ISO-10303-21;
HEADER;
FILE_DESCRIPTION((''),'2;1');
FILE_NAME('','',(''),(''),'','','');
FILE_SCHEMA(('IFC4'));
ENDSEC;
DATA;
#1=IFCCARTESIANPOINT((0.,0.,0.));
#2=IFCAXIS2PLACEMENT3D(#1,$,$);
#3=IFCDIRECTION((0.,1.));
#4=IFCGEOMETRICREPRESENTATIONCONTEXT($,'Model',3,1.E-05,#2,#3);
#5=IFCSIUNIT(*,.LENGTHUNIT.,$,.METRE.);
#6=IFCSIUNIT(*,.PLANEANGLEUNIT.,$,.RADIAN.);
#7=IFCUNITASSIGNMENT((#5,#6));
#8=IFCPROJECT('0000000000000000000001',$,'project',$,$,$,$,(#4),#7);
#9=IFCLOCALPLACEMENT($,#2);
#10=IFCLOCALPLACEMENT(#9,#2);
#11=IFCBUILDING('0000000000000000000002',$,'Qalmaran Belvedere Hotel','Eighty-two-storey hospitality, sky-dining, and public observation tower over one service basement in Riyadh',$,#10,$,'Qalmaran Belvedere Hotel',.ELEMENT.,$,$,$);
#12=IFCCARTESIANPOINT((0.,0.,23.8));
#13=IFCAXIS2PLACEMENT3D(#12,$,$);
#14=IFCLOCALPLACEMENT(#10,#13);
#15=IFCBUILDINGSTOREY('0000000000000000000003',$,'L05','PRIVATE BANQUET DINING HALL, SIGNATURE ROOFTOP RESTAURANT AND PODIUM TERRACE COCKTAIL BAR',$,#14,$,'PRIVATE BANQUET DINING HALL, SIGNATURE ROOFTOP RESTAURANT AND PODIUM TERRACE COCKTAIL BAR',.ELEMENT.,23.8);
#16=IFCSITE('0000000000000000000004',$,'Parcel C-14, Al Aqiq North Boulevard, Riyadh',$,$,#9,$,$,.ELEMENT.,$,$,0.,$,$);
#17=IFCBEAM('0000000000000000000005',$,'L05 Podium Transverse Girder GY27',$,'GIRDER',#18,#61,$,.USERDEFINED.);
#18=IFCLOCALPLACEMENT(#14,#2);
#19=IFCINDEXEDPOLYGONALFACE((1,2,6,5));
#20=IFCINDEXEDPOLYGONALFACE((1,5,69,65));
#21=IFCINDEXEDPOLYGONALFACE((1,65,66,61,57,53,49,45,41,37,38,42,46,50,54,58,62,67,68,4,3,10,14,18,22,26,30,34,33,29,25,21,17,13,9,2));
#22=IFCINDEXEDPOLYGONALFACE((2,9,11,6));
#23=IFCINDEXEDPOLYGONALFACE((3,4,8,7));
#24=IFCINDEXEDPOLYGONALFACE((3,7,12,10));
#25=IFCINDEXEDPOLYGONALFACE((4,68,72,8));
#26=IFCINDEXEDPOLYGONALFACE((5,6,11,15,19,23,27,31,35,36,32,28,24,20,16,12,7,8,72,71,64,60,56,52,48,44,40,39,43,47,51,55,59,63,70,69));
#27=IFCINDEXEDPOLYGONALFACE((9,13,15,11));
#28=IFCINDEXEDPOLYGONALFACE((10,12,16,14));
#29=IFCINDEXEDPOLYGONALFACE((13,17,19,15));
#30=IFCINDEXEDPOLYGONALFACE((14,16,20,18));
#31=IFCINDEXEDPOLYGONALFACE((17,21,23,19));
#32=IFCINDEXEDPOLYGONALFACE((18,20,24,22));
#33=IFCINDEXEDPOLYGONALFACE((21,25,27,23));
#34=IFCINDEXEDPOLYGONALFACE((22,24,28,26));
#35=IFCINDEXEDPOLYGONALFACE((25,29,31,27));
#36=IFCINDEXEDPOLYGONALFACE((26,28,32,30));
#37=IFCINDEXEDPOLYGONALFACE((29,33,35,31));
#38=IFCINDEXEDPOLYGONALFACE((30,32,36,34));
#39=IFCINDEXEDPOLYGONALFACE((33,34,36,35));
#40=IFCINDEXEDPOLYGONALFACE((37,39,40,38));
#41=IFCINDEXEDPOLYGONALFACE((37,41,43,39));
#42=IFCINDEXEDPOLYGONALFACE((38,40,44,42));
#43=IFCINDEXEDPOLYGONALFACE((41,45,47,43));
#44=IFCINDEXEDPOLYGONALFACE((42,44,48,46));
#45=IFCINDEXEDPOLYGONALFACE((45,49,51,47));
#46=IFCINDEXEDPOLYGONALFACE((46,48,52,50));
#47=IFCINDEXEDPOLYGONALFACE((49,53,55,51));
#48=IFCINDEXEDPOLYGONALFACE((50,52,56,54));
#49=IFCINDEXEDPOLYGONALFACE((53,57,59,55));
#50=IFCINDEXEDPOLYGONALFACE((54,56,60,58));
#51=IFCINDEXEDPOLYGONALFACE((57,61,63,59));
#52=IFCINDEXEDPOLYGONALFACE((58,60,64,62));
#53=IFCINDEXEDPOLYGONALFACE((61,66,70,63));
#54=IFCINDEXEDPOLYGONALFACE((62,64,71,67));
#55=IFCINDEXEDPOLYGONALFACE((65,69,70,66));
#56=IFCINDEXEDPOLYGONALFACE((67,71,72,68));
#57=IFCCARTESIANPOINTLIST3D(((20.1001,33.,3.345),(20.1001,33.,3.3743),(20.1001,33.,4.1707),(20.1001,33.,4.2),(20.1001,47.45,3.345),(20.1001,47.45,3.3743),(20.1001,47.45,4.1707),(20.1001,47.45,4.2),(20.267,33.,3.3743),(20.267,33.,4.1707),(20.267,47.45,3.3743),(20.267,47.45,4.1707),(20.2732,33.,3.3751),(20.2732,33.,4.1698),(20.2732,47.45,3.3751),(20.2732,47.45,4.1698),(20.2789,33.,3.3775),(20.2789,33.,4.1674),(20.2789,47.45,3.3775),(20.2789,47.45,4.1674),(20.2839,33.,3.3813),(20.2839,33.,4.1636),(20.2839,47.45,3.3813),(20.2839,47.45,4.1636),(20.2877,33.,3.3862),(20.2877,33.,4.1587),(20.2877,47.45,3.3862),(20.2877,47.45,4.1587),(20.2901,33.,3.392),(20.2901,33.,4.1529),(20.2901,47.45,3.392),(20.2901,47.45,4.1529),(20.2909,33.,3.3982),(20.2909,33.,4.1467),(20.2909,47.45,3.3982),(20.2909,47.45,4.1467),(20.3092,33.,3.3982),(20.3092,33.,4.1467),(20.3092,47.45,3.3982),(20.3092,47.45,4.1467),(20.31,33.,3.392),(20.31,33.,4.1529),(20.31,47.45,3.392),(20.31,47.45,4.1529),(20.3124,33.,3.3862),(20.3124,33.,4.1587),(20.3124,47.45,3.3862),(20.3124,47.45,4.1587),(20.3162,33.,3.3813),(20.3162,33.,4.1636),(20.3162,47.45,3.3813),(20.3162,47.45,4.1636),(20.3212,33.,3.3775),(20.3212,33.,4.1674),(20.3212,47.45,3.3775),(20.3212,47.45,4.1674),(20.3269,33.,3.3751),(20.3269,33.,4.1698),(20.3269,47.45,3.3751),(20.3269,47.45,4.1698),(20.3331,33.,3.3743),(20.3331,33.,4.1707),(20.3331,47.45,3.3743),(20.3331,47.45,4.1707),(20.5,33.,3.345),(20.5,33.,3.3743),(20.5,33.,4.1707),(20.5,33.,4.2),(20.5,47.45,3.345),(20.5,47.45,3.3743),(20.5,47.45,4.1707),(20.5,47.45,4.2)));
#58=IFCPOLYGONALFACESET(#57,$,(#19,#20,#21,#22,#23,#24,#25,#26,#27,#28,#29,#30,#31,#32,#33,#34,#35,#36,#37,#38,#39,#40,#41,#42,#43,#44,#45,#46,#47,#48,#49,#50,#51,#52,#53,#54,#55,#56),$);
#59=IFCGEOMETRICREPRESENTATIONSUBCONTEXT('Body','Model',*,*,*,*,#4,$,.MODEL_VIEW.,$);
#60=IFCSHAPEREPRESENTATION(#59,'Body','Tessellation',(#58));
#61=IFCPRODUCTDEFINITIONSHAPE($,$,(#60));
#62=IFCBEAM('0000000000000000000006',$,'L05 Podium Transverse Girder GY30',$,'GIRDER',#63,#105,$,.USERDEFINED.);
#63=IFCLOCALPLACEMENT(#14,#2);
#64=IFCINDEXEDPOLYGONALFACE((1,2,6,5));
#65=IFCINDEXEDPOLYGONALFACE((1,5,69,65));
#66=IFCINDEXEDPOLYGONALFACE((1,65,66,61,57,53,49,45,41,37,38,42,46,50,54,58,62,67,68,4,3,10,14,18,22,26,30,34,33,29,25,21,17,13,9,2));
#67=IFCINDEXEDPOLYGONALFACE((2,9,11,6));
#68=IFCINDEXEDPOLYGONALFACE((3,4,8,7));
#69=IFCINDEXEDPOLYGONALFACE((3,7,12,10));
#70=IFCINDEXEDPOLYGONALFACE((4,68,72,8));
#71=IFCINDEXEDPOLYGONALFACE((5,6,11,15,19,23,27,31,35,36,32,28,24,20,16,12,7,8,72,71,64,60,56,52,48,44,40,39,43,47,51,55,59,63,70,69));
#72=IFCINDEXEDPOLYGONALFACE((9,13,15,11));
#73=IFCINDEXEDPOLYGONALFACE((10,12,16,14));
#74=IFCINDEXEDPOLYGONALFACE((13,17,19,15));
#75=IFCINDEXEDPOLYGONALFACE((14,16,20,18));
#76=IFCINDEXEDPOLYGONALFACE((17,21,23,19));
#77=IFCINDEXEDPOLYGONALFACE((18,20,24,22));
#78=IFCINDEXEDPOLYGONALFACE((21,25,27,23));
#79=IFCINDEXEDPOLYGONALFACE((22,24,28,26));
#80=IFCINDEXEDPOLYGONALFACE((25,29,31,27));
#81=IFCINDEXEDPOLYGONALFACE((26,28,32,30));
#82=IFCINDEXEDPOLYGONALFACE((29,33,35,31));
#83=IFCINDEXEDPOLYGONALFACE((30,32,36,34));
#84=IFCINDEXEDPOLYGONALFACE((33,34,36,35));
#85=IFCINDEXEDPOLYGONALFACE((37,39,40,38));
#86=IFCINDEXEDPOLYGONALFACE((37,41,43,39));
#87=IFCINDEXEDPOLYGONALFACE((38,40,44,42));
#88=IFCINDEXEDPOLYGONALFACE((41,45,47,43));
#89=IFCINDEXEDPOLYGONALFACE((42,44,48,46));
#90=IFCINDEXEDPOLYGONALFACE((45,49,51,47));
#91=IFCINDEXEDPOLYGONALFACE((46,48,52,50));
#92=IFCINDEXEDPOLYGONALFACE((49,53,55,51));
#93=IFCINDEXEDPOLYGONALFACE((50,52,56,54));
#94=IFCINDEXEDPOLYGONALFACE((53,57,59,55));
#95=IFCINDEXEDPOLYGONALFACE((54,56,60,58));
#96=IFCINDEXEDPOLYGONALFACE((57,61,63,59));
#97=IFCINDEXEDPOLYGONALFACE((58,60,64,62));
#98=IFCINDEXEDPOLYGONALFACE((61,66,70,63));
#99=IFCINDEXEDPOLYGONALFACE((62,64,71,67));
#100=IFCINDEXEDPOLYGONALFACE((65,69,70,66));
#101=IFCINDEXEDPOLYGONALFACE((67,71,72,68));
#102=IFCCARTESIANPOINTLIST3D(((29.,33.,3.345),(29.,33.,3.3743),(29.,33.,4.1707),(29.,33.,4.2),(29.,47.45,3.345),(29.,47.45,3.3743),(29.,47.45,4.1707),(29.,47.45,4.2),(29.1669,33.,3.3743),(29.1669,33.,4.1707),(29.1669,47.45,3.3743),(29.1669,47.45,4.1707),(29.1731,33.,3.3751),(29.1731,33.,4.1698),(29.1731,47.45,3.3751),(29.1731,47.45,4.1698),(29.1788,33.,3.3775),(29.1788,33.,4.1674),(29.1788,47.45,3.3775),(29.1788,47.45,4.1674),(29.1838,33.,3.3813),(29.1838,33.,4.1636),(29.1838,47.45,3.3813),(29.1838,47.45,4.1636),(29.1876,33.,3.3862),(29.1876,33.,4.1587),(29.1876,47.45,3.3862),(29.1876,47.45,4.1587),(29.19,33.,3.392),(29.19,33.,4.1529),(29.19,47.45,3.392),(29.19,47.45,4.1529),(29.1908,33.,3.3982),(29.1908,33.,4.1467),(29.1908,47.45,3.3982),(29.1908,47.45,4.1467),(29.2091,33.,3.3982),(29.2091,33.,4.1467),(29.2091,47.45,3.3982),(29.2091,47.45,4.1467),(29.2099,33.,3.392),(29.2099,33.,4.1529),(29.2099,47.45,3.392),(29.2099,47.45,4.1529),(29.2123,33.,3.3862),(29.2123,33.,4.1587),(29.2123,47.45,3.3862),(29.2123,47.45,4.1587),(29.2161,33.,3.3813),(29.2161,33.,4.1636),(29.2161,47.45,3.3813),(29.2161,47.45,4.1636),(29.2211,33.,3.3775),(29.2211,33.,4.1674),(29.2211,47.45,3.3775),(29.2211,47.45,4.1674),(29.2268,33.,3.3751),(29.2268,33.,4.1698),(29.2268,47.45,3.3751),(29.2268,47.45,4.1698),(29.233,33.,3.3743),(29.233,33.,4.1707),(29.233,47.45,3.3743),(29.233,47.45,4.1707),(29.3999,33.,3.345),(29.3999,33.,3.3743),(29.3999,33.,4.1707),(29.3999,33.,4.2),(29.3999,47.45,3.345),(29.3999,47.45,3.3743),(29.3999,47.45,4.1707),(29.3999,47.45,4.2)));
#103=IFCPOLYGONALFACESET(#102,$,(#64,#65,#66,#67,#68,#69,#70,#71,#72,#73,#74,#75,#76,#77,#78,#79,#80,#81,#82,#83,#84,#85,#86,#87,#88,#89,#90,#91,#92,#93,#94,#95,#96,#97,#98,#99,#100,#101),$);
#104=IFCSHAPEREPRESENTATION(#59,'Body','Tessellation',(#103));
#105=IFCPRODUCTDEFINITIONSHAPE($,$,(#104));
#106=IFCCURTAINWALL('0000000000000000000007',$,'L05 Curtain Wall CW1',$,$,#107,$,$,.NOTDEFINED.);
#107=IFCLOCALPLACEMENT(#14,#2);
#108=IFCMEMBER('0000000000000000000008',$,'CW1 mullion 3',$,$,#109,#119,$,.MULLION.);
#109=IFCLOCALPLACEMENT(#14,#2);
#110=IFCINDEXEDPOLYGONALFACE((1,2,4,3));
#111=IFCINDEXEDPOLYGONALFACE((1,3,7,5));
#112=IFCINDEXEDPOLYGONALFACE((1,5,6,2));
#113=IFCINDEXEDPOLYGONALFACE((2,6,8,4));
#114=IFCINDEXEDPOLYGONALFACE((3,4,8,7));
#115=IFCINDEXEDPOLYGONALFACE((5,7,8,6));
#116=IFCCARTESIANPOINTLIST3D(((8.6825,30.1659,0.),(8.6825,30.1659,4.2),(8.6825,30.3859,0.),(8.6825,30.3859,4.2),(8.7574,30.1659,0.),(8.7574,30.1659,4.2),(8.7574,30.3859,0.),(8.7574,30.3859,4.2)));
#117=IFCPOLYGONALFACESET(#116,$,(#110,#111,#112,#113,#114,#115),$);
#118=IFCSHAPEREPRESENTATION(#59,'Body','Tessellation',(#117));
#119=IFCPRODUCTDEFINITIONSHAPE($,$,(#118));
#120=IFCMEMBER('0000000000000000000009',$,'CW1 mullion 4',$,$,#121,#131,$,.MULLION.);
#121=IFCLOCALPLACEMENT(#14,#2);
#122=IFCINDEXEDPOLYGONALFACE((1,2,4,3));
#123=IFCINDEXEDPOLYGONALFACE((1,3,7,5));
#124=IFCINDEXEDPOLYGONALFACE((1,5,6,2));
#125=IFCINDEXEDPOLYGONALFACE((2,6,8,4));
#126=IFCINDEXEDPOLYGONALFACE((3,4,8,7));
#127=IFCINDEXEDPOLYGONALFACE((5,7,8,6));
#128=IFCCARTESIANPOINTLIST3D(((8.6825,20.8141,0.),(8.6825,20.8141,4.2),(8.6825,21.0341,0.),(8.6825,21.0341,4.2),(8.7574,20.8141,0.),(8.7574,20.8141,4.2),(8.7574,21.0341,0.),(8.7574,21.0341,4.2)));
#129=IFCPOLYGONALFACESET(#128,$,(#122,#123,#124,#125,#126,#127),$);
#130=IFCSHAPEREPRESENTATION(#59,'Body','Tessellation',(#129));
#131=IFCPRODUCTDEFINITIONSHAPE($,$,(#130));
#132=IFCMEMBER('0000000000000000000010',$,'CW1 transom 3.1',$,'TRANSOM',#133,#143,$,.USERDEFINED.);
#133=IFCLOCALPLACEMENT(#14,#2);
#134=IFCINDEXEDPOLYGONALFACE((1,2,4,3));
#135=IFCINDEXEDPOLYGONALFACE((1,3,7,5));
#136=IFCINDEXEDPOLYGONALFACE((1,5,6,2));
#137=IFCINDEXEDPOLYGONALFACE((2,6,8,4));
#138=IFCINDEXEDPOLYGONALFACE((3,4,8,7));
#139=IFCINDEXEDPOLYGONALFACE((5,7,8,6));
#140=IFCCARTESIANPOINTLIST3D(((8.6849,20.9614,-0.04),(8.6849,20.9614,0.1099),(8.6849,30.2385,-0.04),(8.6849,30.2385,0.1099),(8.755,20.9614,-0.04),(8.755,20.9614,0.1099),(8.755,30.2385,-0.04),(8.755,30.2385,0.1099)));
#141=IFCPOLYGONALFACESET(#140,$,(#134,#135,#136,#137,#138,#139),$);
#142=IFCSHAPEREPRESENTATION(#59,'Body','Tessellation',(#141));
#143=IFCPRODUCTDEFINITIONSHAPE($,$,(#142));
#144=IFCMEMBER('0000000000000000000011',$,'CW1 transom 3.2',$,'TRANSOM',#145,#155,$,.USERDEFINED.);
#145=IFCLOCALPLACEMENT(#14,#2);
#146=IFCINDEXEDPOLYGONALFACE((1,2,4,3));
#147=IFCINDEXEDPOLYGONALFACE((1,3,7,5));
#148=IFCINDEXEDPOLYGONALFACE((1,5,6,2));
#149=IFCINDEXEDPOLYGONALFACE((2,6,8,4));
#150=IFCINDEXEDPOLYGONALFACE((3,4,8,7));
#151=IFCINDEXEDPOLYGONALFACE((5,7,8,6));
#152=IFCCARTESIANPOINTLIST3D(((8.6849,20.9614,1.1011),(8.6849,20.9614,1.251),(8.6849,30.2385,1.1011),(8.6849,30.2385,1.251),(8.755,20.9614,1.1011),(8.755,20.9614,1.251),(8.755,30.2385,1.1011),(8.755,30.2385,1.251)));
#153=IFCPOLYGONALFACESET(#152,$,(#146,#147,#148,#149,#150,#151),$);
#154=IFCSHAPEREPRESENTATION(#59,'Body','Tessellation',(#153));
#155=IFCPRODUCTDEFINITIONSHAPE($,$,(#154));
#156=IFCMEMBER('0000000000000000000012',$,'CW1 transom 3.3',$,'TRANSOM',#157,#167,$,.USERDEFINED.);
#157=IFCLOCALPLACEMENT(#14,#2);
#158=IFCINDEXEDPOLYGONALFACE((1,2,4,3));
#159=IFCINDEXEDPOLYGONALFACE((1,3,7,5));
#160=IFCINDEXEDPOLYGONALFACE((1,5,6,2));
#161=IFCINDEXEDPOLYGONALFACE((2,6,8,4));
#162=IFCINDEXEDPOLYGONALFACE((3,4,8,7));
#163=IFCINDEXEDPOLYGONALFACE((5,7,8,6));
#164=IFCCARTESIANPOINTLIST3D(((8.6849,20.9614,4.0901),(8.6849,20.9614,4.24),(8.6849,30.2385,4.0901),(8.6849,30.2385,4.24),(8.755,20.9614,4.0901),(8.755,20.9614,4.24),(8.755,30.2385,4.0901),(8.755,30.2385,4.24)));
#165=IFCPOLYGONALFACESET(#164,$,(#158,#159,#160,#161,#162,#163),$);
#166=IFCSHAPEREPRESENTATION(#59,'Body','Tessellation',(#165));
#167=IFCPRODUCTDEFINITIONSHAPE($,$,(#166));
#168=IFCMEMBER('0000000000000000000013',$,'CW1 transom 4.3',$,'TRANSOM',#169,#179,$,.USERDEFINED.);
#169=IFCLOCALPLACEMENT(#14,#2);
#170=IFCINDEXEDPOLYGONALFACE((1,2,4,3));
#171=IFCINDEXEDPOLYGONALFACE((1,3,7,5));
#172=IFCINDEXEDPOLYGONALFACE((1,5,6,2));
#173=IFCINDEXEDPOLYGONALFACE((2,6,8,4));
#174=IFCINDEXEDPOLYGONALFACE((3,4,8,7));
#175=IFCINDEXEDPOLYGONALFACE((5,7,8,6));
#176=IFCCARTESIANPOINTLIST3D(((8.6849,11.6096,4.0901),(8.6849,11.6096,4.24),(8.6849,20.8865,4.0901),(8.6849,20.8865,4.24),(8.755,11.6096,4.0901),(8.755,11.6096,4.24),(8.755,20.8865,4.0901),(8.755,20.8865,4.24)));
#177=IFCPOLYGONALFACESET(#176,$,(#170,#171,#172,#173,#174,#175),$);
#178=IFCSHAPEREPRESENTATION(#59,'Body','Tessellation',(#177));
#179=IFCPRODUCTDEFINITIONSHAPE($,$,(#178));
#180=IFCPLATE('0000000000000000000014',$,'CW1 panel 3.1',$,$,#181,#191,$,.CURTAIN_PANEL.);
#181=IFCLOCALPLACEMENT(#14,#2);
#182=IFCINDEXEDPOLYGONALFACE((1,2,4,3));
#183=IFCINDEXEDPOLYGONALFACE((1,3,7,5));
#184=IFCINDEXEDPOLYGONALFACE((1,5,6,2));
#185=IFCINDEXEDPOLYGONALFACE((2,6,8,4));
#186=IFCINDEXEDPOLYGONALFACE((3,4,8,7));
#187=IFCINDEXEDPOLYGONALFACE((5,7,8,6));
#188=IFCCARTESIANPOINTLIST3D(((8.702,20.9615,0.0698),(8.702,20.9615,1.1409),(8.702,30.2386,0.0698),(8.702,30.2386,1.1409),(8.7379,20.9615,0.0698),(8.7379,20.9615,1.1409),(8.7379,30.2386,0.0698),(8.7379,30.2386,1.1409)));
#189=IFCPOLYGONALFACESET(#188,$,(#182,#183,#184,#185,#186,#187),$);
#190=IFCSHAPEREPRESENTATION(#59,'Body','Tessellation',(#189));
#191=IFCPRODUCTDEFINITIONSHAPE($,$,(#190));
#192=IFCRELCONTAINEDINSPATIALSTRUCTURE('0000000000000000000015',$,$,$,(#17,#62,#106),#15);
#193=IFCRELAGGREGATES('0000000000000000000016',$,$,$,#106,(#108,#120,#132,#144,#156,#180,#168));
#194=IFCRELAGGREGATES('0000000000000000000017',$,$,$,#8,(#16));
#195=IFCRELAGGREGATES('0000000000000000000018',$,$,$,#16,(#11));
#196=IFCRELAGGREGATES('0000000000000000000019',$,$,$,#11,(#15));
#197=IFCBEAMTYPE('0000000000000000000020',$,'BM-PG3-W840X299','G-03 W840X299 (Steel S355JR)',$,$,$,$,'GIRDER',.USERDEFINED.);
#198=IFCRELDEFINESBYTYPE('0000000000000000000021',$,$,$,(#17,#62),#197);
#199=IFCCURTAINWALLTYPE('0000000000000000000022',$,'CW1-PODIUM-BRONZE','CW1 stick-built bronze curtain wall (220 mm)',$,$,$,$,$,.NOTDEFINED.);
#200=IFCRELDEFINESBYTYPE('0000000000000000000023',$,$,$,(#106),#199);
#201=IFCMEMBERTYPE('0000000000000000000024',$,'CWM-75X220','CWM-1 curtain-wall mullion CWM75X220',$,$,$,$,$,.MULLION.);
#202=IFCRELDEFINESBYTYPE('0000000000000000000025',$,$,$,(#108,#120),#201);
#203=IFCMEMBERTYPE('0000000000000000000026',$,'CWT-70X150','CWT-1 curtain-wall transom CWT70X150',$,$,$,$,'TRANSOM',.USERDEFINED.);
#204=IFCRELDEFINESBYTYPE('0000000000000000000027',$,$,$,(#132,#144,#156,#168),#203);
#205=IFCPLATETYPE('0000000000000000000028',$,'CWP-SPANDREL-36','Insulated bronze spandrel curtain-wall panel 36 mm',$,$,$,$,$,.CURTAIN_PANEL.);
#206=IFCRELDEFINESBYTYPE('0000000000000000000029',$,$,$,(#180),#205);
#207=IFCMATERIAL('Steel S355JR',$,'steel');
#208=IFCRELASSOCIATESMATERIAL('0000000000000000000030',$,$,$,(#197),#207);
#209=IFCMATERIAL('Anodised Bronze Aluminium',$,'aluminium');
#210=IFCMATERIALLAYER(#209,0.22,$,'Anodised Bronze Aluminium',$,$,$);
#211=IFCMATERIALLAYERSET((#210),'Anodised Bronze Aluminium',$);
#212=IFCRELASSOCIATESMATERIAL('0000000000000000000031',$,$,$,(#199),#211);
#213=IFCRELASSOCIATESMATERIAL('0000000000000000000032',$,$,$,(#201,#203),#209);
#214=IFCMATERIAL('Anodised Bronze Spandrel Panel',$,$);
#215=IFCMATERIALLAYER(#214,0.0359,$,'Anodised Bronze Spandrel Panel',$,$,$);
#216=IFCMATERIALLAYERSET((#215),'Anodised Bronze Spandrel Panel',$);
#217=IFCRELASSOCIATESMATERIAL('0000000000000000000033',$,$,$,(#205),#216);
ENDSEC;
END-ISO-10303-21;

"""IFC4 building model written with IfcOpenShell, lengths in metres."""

from ifc_helpers import new_model, si_unit, direction, frame, origin, origin_2d, place, context, subcontext, project, spatial, rectangle, i_section, extrude, material, layer, layer_set, material_profile, profile_set, type_object, element, aggregate, save


model = new_model("IFC4")

# Units and contexts
model_context = context("Model", 3, precision=1e-05, world=origin(), true_north=direction((0.0, 1.0)))
body_context = subcontext(model_context, "Body", "Model", "MODEL_VIEW")
ifc_project = project(units=[si_unit("LENGTHUNIT", "METRE"), si_unit("PLANEANGLEUNIT", "RADIAN")], contexts=[model_context])

# Site, building, storey
site_placement = place(None, origin())
site = spatial("IfcSite", under=ifc_project, at=site_placement, Name="Parcel C-14, Al Aqiq North Boulevard, Riyadh", CompositionType="ELEMENT", RefElevation=0.0)
building_placement = place(site_placement, origin())
building = spatial("IfcBuilding", under=site, at=building_placement, Name="Qalmaran Belvedere Hotel", Description="Eighty-two-storey hospitality, sky-dining, and public observation tower over one service basement in Riyadh", LongName="Qalmaran Belvedere Hotel", CompositionType="ELEMENT")
storey_placement = place(building_placement, frame((0.0, 0.0, 23.8)))
storey = spatial("IfcBuildingStorey", under=building, at=storey_placement, Name="L05", Description="PRIVATE BANQUET DINING HALL, SIGNATURE ROOFTOP RESTAURANT AND PODIUM TERRACE COCKTAIL BAR", LongName="PRIVATE BANQUET DINING HALL, SIGNATURE ROOFTOP RESTAURANT AND PODIUM TERRACE COCKTAIL BAR", CompositionType="ELEMENT", Elevation=23.8)

# Beams
ifc_material_1 = material(Name="Steel S355JR", Category="steel")
ifc_material_profile_1 = material_profile(ifc_material_1, i_section(OverallWidth=0.3999, OverallDepth=0.855, WebThickness=0.0183, FlangeThickness=0.0293, FilletRadius=0.0239, at=origin_2d()), Name="W840X299")
ifc_profile_set_1 = profile_set([ifc_material_profile_1], Name="Steel S355JR")
beam_type_1 = type_object("IfcBeamType", Name="BM-PG3-W840X299", Description="G-03 W840X299 (Steel S355JR)", ElementType="GIRDER", PredefinedType="USERDEFINED", material=ifc_profile_set_1)
for number, where, z_axis, x_axis, name in (
    (1, (20.3, 33.0, 3.7725), (0.0, 1.0, 0.0), (-1.0, 0.0, 0.0), "L05 Podium Transverse Girder GY27"),
    (2, (29.2, 33.0, 3.7725), (0.0, 1.0, 0.0), (-1.0, 0.0, 0.0), "L05 Podium Transverse Girder GY30"),
):
    element("IfcBeam", number, at=place(storey_placement, frame(where, z_axis=z_axis, x_axis=x_axis)), inside=storey, type_object=beam_type_1, Name=name, ObjectType="GIRDER", PredefinedType="USERDEFINED", context=body_context, shape_type="SweptSolid", body=[
        extrude(i_section(OverallWidth=0.3999, OverallDepth=0.855, WebThickness=0.0183, FlangeThickness=0.0293, FilletRadius=0.0239, at=origin_2d()), origin(), (0.0, 0.0, 1.0), 14.45),
    ])

# Curtain wall, members, plate
ifc_material_2 = material(Name="Anodised Bronze Aluminium", Category="aluminium")
ifc_layer_1 = layer(ifc_material_2, 0.22, Name="Anodised Bronze Aluminium")
ifc_layer_set_1 = layer_set([ifc_layer_1], Name="Anodised Bronze Aluminium")
curtain_wall_type = type_object("IfcCurtainWallType", Name="CW1-PODIUM-BRONZE", Description="CW1 stick-built bronze curtain wall (220 mm)", PredefinedType="NOTDEFINED", material=ifc_layer_set_1)
curtain_wall_placement = place(storey_placement, origin())
curtain_wall = element("IfcCurtainWall", 3, at=curtain_wall_placement, inside=storey, type_object=curtain_wall_type, Name="L05 Curtain Wall CW1", PredefinedType="NOTDEFINED")
ifc_material_profile_2 = material_profile(ifc_material_2, rectangle(XDim=0.075, YDim=0.22, at=origin_2d()), Name="CWM75X220")
ifc_profile_set_2 = profile_set([ifc_material_profile_2], Name="Anodised Bronze Aluminium")
member_type_1 = type_object("IfcMemberType", Name="CWM-75X220", Description="CWM-1 curtain-wall mullion CWM75X220", PredefinedType="MULLION", material=ifc_profile_set_2)
member_1_placement = place(storey_placement, frame((8.72, 30.2759, 0.0), z_axis=(0.0, 0.0, 1.0), x_axis=(1.0, 0.0, 0.0)))
member_1 = element("IfcMember", 4, at=member_1_placement, type_object=member_type_1, Name="CW1 mullion 3", PredefinedType="MULLION", context=body_context, shape_type="SweptSolid", body=[
    extrude(rectangle(XDim=0.075, YDim=0.22, at=origin_2d()), origin(), (0.0, 0.0, 1.0), 4.2),
])
member_2_placement = place(storey_placement, frame((8.72, 20.9241, 0.0), z_axis=(0.0, 0.0, 1.0), x_axis=(1.0, 0.0, 0.0)))
member_2 = element("IfcMember", 5, at=member_2_placement, type_object=member_type_1, Name="CW1 mullion 4", PredefinedType="MULLION", context=body_context, shape_type="SweptSolid", body=[
    extrude(rectangle(XDim=0.075, YDim=0.22, at=origin_2d()), origin(), (0.0, 0.0, 1.0), 4.2),
])
ifc_material_profile_3 = material_profile(ifc_material_2, rectangle(XDim=0.0701, YDim=0.1499, at=origin_2d()), Name="CWT70X150")
ifc_profile_set_3 = profile_set([ifc_material_profile_3], Name="Anodised Bronze Aluminium")
member_type_2 = type_object("IfcMemberType", Name="CWT-70X150", Description="CWT-1 curtain-wall transom CWT70X150", ElementType="TRANSOM", PredefinedType="USERDEFINED", material=ifc_profile_set_3)
member_3_placement = place(storey_placement, frame((8.72, 30.2385, 0.0349), z_axis=(0.0, -1.0, 0.0), x_axis=(1.0, 0.0, 0.0)))
member_3 = element("IfcMember", 6, at=member_3_placement, type_object=member_type_2, Name="CW1 transom 3.1", ObjectType="TRANSOM", PredefinedType="USERDEFINED", context=body_context, shape_type="SweptSolid", body=[
    extrude(rectangle(XDim=0.0701, YDim=0.1499, at=origin_2d()), origin(), (0.0, 0.0, 1.0), 9.2771),
])
member_4_placement = place(storey_placement, frame((8.72, 30.2385, 1.176), z_axis=(0.0, -1.0, 0.0), x_axis=(1.0, 0.0, 0.0)))
member_4 = element("IfcMember", 7, at=member_4_placement, type_object=member_type_2, Name="CW1 transom 3.2", ObjectType="TRANSOM", PredefinedType="USERDEFINED", context=body_context, shape_type="SweptSolid", body=[
    extrude(rectangle(XDim=0.0701, YDim=0.1499, at=origin_2d()), origin(), (0.0, 0.0, 1.0), 9.2771),
])
member_5_placement = place(storey_placement, frame((8.72, 30.2385, 4.165), z_axis=(0.0, -1.0, 0.0), x_axis=(1.0, 0.0, 0.0)))
member_5 = element("IfcMember", 8, at=member_5_placement, type_object=member_type_2, Name="CW1 transom 3.3", ObjectType="TRANSOM", PredefinedType="USERDEFINED", context=body_context, shape_type="SweptSolid", body=[
    extrude(rectangle(XDim=0.0701, YDim=0.1499, at=origin_2d()), origin(), (0.0, 0.0, 1.0), 9.2771),
])
member_6_placement = place(storey_placement, frame((8.72, 20.8865, 4.165), z_axis=(0.0, -1.0, 0.0), x_axis=(1.0, 0.0, 0.0)))
member_6 = element("IfcMember", 9, at=member_6_placement, type_object=member_type_2, Name="CW1 transom 4.3", ObjectType="TRANSOM", PredefinedType="USERDEFINED", context=body_context, shape_type="SweptSolid", body=[
    extrude(rectangle(XDim=0.0701, YDim=0.1499, at=origin_2d()), origin(), (0.0, 0.0, 1.0), 9.2769),
])
ifc_material_3 = material(Name="Anodised Bronze Spandrel Panel")
ifc_layer_2 = layer(ifc_material_3, 0.0359, Name="Anodised Bronze Spandrel Panel")
ifc_layer_set_2 = layer_set([ifc_layer_2], Name="Anodised Bronze Spandrel Panel")
plate_type_1 = type_object("IfcPlateType", Name="CWP-SPANDREL-36", Description="Insulated bronze spandrel curtain-wall panel 36 mm", PredefinedType="CURTAIN_PANEL", material=ifc_layer_set_2)
plate_1_placement = place(storey_placement, frame((8.72, 25.6001, 0.0698), z_axis=(0.0, 0.0, 1.0), x_axis=(0.0, -1.0, 0.0)))
plate_1 = element("IfcPlate", 10, at=plate_1_placement, type_object=plate_type_1, Name="CW1 panel 3.1", PredefinedType="CURTAIN_PANEL", context=body_context, shape_type="SweptSolid", body=[
    extrude(rectangle(XDim=9.2771, YDim=0.0359, at=origin_2d()), origin(), (0.0, 0.0, 1.0), 1.071),
])
aggregate(curtain_wall, [member_1, member_2, member_3, member_4, member_5, plate_1, member_6])

save(model, "model.ifc")
